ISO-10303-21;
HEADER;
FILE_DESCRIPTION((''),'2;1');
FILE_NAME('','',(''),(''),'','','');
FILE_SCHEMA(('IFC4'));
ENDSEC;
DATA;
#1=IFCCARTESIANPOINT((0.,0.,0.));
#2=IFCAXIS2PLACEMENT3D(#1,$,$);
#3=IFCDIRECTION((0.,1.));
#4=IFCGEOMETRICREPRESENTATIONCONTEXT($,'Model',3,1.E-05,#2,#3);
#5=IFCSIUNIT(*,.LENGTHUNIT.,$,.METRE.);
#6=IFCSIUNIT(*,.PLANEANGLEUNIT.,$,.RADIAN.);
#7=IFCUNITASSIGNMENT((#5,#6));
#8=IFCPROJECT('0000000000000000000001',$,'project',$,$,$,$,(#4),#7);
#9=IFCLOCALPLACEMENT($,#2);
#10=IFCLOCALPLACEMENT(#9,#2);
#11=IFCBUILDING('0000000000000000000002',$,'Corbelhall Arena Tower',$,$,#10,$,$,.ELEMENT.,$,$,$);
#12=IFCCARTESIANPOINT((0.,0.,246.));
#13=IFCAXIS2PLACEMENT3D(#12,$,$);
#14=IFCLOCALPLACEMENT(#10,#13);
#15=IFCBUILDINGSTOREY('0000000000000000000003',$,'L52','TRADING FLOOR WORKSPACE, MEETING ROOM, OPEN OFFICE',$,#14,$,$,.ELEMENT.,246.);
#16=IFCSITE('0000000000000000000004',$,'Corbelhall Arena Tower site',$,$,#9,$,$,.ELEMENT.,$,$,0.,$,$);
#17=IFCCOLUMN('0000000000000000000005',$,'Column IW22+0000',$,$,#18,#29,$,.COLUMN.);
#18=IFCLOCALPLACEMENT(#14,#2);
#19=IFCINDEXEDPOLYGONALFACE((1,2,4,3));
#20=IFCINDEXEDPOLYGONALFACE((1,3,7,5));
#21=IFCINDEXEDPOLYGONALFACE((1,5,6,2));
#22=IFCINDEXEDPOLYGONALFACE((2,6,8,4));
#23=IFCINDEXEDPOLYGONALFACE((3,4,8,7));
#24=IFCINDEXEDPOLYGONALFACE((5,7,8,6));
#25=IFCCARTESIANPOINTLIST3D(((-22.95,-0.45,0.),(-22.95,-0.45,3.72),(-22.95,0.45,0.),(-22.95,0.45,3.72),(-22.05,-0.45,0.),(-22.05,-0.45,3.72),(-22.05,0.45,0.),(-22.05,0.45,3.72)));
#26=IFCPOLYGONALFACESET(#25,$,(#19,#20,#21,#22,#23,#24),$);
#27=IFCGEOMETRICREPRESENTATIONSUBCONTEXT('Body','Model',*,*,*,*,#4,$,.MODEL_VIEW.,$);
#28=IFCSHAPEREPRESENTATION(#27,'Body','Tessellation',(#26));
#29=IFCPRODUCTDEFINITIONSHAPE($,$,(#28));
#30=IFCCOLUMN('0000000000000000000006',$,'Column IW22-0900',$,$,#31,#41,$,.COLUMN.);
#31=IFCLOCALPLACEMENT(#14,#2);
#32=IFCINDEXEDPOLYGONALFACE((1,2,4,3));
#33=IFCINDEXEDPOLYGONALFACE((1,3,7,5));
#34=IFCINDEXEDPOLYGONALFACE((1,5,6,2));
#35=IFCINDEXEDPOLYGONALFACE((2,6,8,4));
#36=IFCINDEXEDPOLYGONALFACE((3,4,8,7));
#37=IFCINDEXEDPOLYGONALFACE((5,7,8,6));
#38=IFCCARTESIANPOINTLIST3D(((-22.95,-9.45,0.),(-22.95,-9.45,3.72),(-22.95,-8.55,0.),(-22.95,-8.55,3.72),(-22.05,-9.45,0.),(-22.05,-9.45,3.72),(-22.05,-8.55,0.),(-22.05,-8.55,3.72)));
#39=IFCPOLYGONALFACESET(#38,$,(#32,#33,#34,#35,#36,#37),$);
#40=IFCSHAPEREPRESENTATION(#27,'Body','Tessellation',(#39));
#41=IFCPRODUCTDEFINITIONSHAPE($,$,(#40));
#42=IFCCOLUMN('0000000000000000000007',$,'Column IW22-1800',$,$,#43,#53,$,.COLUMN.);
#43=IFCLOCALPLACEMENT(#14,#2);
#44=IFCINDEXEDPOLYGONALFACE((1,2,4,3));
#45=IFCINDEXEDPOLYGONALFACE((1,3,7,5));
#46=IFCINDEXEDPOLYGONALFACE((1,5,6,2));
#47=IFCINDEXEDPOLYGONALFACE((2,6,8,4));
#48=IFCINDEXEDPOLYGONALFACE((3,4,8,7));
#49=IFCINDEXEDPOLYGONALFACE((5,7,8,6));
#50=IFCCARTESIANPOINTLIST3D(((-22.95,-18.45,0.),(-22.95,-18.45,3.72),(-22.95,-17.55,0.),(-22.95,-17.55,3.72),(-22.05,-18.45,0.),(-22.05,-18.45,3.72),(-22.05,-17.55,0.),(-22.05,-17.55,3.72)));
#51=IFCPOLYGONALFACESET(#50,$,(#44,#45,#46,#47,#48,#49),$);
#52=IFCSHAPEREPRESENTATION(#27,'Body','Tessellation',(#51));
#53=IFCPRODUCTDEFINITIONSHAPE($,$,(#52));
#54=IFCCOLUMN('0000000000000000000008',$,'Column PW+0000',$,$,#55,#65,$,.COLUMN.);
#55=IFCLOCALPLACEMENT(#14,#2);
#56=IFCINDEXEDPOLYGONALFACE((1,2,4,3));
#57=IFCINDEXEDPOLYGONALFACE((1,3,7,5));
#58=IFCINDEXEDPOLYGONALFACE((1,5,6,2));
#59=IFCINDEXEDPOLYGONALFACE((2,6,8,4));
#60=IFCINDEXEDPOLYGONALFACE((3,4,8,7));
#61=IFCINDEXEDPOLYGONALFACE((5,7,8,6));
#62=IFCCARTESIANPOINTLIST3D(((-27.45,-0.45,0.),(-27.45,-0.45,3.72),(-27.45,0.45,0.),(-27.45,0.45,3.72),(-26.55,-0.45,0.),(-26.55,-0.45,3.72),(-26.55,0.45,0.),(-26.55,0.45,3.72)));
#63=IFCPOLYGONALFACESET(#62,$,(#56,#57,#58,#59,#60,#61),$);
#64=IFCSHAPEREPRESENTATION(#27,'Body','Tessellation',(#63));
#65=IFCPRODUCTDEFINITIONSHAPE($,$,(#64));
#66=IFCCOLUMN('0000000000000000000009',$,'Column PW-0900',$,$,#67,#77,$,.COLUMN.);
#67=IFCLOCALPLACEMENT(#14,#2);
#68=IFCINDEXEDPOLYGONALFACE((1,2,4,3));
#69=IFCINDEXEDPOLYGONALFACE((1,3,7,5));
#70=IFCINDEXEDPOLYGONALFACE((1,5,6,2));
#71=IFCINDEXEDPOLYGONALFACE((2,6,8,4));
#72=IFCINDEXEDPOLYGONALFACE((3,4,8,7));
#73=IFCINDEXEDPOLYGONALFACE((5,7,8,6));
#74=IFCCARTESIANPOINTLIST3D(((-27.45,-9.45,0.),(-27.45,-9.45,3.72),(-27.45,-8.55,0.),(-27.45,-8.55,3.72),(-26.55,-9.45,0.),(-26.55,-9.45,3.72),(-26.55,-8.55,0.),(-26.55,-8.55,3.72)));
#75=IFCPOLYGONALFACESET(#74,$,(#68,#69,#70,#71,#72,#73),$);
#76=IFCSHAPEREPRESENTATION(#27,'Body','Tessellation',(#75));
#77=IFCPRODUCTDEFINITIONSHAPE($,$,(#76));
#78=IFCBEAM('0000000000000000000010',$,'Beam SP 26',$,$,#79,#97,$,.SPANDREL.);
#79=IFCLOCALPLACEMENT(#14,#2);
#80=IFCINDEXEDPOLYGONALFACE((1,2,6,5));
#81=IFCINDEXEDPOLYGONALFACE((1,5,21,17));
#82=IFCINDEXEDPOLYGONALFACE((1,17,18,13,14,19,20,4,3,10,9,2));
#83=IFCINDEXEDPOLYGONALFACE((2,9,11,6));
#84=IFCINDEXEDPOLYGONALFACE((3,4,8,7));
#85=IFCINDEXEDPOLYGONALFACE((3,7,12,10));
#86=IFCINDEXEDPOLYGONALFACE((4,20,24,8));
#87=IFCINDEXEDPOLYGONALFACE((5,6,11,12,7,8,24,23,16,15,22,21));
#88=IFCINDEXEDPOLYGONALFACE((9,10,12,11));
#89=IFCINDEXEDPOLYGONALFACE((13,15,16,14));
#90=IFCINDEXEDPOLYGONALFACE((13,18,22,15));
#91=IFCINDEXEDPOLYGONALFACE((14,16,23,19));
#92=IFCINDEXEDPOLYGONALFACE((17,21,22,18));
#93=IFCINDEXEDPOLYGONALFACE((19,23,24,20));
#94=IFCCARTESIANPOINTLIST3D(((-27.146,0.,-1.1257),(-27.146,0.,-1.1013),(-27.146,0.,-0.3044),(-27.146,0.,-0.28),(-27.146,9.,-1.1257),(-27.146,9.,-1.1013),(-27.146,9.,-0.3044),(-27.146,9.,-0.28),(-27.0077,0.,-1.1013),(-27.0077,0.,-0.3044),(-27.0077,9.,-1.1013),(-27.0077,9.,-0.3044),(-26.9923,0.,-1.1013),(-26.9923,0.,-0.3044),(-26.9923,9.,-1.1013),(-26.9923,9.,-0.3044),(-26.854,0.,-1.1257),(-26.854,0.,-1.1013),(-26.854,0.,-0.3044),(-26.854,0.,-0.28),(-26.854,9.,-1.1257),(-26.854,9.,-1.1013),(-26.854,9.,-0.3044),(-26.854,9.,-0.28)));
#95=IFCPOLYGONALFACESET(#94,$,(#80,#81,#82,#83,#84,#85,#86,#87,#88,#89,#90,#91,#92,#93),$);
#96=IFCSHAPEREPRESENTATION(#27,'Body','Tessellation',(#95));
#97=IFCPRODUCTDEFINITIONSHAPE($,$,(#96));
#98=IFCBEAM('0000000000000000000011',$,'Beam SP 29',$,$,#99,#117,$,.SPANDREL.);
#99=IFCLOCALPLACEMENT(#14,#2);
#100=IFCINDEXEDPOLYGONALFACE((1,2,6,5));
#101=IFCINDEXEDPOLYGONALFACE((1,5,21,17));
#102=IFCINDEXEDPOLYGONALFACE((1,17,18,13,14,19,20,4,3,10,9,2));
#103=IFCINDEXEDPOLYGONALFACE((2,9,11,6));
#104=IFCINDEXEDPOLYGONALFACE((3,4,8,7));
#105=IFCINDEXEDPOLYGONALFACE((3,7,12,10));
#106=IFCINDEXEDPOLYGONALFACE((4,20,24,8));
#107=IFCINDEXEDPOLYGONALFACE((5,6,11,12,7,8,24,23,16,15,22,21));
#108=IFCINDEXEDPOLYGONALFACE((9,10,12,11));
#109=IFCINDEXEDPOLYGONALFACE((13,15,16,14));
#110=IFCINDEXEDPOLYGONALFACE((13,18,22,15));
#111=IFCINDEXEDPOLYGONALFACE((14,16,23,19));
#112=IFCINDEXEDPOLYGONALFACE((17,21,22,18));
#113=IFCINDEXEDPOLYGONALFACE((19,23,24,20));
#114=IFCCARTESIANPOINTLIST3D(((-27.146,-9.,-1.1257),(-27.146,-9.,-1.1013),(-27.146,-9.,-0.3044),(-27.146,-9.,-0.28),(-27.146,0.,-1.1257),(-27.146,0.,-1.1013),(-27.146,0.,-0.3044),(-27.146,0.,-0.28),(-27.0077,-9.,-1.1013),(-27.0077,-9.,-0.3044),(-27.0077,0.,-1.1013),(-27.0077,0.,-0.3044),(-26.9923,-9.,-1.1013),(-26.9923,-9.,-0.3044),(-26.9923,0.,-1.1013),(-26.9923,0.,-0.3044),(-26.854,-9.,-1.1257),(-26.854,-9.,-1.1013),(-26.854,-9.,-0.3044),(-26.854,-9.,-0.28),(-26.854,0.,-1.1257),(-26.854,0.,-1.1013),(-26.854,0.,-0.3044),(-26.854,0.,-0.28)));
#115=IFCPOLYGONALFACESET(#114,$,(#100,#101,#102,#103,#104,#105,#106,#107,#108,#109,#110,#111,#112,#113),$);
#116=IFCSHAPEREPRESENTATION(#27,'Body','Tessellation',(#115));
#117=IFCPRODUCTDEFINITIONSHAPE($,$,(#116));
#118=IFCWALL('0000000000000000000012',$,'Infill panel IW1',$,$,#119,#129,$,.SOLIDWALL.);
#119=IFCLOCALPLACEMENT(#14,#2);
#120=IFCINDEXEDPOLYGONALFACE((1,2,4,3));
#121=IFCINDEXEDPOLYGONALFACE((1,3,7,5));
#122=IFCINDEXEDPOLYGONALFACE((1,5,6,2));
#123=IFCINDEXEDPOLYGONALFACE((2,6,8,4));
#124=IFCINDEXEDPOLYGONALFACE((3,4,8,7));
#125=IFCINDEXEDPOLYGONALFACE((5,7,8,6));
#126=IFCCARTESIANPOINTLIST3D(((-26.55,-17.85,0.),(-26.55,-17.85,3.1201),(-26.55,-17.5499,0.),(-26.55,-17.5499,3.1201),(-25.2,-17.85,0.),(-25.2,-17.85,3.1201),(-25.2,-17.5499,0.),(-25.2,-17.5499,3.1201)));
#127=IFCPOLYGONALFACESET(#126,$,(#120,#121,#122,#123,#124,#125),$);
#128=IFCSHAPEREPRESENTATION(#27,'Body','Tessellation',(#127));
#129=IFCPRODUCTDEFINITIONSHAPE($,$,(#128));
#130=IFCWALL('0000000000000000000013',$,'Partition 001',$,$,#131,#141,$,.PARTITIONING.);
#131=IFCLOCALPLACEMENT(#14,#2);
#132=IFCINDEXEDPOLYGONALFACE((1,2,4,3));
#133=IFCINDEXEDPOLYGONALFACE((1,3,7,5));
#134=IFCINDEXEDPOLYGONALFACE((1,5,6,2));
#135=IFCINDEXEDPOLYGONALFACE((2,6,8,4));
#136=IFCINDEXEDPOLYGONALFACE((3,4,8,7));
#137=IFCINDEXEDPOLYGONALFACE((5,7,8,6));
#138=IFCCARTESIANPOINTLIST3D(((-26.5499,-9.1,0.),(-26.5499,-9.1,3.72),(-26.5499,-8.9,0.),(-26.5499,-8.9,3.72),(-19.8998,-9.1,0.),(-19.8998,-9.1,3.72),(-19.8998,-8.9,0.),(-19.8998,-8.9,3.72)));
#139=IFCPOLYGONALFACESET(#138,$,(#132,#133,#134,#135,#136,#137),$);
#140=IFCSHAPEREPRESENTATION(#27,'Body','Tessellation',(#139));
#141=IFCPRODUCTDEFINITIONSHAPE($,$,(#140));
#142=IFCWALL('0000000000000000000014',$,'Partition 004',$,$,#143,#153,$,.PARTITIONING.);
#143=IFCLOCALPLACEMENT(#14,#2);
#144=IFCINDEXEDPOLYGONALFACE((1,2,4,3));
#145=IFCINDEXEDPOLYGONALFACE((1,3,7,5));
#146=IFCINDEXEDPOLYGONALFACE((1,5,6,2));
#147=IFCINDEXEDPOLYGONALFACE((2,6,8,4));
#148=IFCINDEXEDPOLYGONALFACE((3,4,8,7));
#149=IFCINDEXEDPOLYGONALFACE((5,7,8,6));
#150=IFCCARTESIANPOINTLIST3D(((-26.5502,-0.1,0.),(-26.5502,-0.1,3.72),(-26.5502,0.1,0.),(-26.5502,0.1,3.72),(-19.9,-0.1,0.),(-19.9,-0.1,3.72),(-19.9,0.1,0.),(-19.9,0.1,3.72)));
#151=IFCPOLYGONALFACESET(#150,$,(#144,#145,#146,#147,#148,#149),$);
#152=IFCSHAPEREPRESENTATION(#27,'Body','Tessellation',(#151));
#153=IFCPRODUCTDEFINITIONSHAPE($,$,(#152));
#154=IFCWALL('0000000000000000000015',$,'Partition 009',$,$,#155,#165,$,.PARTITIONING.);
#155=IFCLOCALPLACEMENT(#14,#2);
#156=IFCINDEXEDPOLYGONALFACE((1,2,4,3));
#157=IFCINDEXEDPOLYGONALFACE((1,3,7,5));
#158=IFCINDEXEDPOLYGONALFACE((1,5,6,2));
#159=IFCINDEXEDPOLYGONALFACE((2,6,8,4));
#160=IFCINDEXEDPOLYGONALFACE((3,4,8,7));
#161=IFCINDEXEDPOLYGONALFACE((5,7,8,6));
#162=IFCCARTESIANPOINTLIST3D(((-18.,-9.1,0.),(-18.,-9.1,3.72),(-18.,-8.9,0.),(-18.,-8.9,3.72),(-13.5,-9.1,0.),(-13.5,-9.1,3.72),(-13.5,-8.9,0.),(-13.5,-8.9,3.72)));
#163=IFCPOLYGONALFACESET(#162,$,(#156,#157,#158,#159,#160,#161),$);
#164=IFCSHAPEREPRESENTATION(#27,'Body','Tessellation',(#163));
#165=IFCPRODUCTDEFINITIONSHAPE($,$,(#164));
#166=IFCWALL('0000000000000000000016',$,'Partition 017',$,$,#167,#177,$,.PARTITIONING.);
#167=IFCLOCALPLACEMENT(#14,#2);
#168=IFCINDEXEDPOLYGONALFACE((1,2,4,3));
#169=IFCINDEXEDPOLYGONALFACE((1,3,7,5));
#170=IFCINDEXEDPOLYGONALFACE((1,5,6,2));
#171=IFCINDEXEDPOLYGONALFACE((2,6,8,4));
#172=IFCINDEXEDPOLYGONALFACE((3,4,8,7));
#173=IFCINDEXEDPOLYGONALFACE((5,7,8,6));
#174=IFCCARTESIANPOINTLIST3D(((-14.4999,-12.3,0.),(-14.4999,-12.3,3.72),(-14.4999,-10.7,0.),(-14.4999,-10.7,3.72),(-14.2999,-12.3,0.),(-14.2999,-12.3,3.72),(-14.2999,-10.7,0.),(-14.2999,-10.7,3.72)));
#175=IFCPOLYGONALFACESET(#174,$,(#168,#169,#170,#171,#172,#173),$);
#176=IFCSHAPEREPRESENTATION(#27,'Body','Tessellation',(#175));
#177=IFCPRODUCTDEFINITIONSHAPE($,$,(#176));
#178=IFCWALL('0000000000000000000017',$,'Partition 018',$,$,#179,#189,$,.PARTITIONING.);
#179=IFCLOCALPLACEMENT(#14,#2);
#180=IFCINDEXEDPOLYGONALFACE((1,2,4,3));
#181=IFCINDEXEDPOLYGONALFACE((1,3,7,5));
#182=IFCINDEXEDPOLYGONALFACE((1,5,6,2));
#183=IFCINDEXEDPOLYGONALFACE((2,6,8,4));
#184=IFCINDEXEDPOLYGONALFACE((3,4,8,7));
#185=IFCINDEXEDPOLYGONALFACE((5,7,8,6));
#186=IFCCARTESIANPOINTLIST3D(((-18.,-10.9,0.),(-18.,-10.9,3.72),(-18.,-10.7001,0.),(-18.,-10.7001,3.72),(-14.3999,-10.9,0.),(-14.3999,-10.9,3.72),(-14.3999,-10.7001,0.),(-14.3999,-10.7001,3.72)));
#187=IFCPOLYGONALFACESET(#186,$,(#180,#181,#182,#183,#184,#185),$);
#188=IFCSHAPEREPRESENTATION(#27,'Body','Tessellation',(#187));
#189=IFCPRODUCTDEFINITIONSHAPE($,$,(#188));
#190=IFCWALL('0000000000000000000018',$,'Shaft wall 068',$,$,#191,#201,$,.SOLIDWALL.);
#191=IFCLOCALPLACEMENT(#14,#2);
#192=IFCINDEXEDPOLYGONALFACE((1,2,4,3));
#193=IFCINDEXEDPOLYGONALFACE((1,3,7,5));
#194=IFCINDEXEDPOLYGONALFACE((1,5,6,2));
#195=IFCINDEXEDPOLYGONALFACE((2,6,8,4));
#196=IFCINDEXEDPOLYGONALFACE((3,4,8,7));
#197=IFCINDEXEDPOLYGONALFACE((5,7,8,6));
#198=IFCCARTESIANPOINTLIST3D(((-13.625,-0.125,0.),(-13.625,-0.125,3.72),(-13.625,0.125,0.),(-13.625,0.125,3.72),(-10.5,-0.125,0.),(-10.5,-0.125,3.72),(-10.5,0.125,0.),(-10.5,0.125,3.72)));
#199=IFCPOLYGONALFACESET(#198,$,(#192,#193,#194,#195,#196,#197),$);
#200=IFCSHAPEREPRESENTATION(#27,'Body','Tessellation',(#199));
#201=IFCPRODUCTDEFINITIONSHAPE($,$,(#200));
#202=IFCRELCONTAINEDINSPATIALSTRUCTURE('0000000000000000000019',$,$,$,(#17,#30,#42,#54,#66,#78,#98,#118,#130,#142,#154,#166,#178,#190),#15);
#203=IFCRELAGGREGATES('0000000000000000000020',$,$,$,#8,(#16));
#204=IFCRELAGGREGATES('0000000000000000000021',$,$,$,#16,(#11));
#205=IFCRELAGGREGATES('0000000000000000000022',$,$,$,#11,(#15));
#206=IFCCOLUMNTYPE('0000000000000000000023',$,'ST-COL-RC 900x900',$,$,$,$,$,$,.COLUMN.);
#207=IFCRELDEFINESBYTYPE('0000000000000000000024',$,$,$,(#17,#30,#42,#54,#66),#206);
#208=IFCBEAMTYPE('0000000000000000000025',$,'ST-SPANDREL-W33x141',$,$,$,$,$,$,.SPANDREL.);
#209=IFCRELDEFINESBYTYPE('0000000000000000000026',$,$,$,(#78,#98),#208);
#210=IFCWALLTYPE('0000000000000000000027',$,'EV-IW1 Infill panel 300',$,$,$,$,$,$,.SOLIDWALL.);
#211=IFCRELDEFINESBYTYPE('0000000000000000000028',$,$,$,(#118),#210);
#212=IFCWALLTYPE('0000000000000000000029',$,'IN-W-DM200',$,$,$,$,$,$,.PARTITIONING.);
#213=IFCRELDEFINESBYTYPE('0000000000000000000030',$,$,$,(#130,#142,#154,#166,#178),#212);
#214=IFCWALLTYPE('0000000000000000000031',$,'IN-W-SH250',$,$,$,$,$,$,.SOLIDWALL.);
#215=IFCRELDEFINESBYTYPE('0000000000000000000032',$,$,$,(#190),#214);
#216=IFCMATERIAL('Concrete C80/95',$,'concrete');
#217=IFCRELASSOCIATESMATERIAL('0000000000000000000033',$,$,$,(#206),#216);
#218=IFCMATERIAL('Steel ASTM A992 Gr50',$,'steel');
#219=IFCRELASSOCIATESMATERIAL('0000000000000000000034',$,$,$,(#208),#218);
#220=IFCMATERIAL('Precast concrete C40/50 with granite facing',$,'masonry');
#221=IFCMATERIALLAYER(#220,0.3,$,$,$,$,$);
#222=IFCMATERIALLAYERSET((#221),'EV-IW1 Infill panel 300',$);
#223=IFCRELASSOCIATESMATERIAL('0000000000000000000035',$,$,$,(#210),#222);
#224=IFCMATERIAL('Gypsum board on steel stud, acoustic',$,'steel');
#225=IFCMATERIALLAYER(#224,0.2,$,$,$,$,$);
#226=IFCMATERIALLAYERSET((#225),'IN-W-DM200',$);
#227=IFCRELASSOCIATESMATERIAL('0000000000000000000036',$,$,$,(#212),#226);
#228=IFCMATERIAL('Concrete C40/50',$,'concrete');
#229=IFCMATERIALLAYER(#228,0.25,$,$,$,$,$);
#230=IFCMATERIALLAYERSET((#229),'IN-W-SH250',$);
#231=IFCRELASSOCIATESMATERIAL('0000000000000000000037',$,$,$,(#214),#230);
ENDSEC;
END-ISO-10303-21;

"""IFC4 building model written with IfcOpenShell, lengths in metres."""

from ifc_helpers import new_model, si_unit, direction, frame, frame_2d, origin, origin_2d, place, context, subcontext, project, spatial, rectangle, i_section, extrude, material, layer, layer_set, material_profile, profile_set, type_object, element, save


model = new_model("IFC4")

# Units and contexts
model_context = context("Model", 3, precision=1e-05, world=origin(), true_north=direction((0.0, 1.0)))
body_context = subcontext(model_context, "Body", "Model", "MODEL_VIEW")
ifc_project = project(units=[si_unit("LENGTHUNIT", "METRE"), si_unit("PLANEANGLEUNIT", "RADIAN")], contexts=[model_context])

# Site, building, storey
site_placement = place(None, origin())
site = spatial("IfcSite", under=ifc_project, at=site_placement, Name="Corbelhall Arena Tower site", CompositionType="ELEMENT", RefElevation=0.0)
building_placement = place(site_placement, origin())
building = spatial("IfcBuilding", under=site, at=building_placement, Name="Corbelhall Arena Tower", CompositionType="ELEMENT")
storey_placement = place(building_placement, frame((0.0, 0.0, 246.0)))
storey = spatial("IfcBuildingStorey", under=building, at=storey_placement, Name="L52", Description="TRADING FLOOR WORKSPACE, MEETING ROOM, OPEN OFFICE", CompositionType="ELEMENT", Elevation=246.0)

# Columns
ifc_material_1 = material(Name="Concrete C80/95", Category="concrete")
ifc_material_profile_1 = material_profile(ifc_material_1, rectangle(XDim=0.8999, YDim=0.8999, at=origin_2d()))
ifc_profile_set_1 = profile_set([ifc_material_profile_1], Name="Concrete C80/95")
column_type = type_object("IfcColumnType", Name="ST-COL-RC 900x900", PredefinedType="COLUMN", material=ifc_profile_set_1)
for number, where, z_axis, x_axis, name in (
    (1, (-22.5, 0.0, 0.0), (0.0, 0.0, 1.0), (1.0, 0.0, 0.0), "Column IW22+0000"),
    (2, (-22.5, -9.0, 0.0), (0.0, 0.0, 1.0), (1.0, 0.0, 0.0), "Column IW22-0900"),
    (3, (-22.5, -18.0, 0.0), (0.0, 0.0, 1.0), (1.0, 0.0, 0.0), "Column IW22-1800"),
    (4, (-27.0, 0.0, 0.0), (0.0, 0.0, 1.0), (0.0, 1.0, 0.0), "Column PW+0000"),
    (5, (-27.0, -9.0, 0.0), (0.0, 0.0, 1.0), (0.0, 1.0, 0.0), "Column PW-0900"),
):
    element("IfcColumn", number, at=place(storey_placement, frame(where, z_axis=z_axis, x_axis=x_axis)), inside=storey, type_object=column_type, Name=name, PredefinedType="COLUMN", context=body_context, shape_type="SweptSolid", body=[
        extrude(rectangle(XDim=0.8999, YDim=0.8999, at=origin_2d()), origin(), (0.0, 0.0, 1.0), 3.72),
    ])

# Beams
ifc_material_2 = material(Name="Steel ASTM A992 Gr50", Category="steel")
ifc_material_profile_2 = material_profile(ifc_material_2, i_section(OverallWidth=0.292, OverallDepth=0.8457, WebThickness=0.0154, FlangeThickness=0.0244, at=origin_2d()))
ifc_profile_set_2 = profile_set([ifc_material_profile_2], Name="Steel ASTM A992 Gr50")
beam_type = type_object("IfcBeamType", Name="ST-SPANDREL-W33x141", PredefinedType="SPANDREL", material=ifc_profile_set_2)
for number, where, z_axis, x_axis, name in (
    (6, (-27.0, 0.0, -0.7029), (0.0, 1.0, 0.0), (-1.0, 0.0, 0.0), "Beam SP 26"),
    (7, (-27.0, -9.0, -0.7029), (0.0, 1.0, 0.0), (-1.0, 0.0, 0.0), "Beam SP 29"),
):
    element("IfcBeam", number, at=place(storey_placement, frame(where, z_axis=z_axis, x_axis=x_axis)), inside=storey, type_object=beam_type, Name=name, PredefinedType="SPANDREL", context=body_context, shape_type="SweptSolid", body=[
        extrude(i_section(OverallWidth=0.292, OverallDepth=0.8457, WebThickness=0.0154, FlangeThickness=0.0244, at=origin_2d()), origin(), (0.0, 0.0, 1.0), 9.0),
    ])

# Shared definitions
ifc_material_3 = material(Name="Precast concrete C40/50 with granite facing", Category="masonry")
ifc_layer_1 = layer(ifc_material_3, 0.3)
ifc_layer_set_1 = layer_set([ifc_layer_1], Name="EV-IW1 Infill panel 300")
wall_type_1 = type_object("IfcWallType", Name="EV-IW1 Infill panel 300", PredefinedType="SOLIDWALL", material=ifc_layer_set_1)

# Walls
wall_1_placement = place(storey_placement, frame((-26.55, -17.7, 0.0), z_axis=(0.0, 0.0, 1.0), x_axis=(1.0, 0.0, 0.0)))
element("IfcWall", 8, at=wall_1_placement, inside=storey, type_object=wall_type_1, Name="Infill panel IW1", PredefinedType="SOLIDWALL", context=body_context, shape_type="SweptSolid", body=[
    extrude(rectangle(XDim=1.3501, YDim=0.3, at=frame_2d((0.675, 0.0))), origin(), (0.0, 0.0, 1.0), 3.1201),
])
ifc_material_4 = material(Name="Gypsum board on steel stud, acoustic", Category="steel")
ifc_layer_2 = layer(ifc_material_4, 0.2)
ifc_layer_set_2 = layer_set([ifc_layer_2], Name="IN-W-DM200")
wall_type_2 = type_object("IfcWallType", Name="IN-W-DM200", PredefinedType="PARTITIONING", material=ifc_layer_set_2)
wall_2_placement = place(storey_placement, frame((-26.55, -9.0, 0.0), z_axis=(0.0, 0.0, 1.0), x_axis=(1.0, 0.0, 0.0)))
element("IfcWall", 9, at=wall_2_placement, inside=storey, type_object=wall_type_2, Name="Partition 001", PredefinedType="PARTITIONING", context=body_context, shape_type="SweptSolid", body=[
    extrude(rectangle(XDim=6.6501, YDim=0.2, at=frame_2d((3.3252, 0.0))), origin(), (0.0, 0.0, 1.0), 3.72),
])

# Wall
wall_3_placement = place(storey_placement, frame((-19.8999, 0.0, 0.0), z_axis=(0.0, 0.0, 1.0), x_axis=(-1.0, 0.0, 0.0)))
element("IfcWall", 10, at=wall_3_placement, inside=storey, type_object=wall_type_2, Name="Partition 004", PredefinedType="PARTITIONING", context=body_context, shape_type="SweptSolid", body=[
    extrude(rectangle(XDim=6.6501, YDim=0.2, at=frame_2d((3.3252, 0.0))), origin(), (0.0, 0.0, 1.0), 3.72),
])

# Walls
wall_4_placement = place(storey_placement, frame((-18.0, -9.0, 0.0), z_axis=(0.0, 0.0, 1.0), x_axis=(1.0, 0.0, 0.0)))
element("IfcWall", 11, at=wall_4_placement, inside=storey, type_object=wall_type_2, Name="Partition 009", PredefinedType="PARTITIONING", context=body_context, shape_type="SweptSolid", body=[
    extrude(rectangle(XDim=4.5, YDim=0.2, at=frame_2d((2.25, 0.0))), origin(), (0.0, 0.0, 1.0), 3.72),
])
wall_5_placement = place(storey_placement, frame((-14.3999, -12.3, 0.0), z_axis=(0.0, 0.0, 1.0), x_axis=(0.0, 1.0, 0.0)))
element("IfcWall", 12, at=wall_5_placement, inside=storey, type_object=wall_type_2, Name="Partition 017", PredefinedType="PARTITIONING", context=body_context, shape_type="SweptSolid", body=[
    extrude(rectangle(XDim=1.6001, YDim=0.2, at=frame_2d((0.8, 0.0))), origin(), (0.0, 0.0, 1.0), 3.72),
])
wall_6_placement = place(storey_placement, frame((-14.3999, -10.8, 0.0), z_axis=(0.0, 0.0, 1.0), x_axis=(-1.0, 0.0, 0.0)))
element("IfcWall", 13, at=wall_6_placement, inside=storey, type_object=wall_type_2, Name="Partition 018", PredefinedType="PARTITIONING", context=body_context, shape_type="SweptSolid", body=[
    extrude(rectangle(XDim=3.6001, YDim=0.2, at=frame_2d((1.8, 0.0))), origin(), (0.0, 0.0, 1.0), 3.72),
])
ifc_material_5 = material(Name="Concrete C40/50", Category="concrete")
ifc_layer_3 = layer(ifc_material_5, 0.25)
ifc_layer_set_3 = layer_set([ifc_layer_3], Name="IN-W-SH250")
wall_type_3 = type_object("IfcWallType", Name="IN-W-SH250", PredefinedType="SOLIDWALL", material=ifc_layer_set_3)
wall_7_placement = place(storey_placement, frame((-13.625, 0.0, 0.0), z_axis=(0.0, 0.0, 1.0), x_axis=(1.0, 0.0, 0.0)))
element("IfcWall", 14, at=wall_7_placement, inside=storey, type_object=wall_type_3, Name="Shaft wall 068", PredefinedType="SOLIDWALL", context=body_context, shape_type="SweptSolid", body=[
    extrude(rectangle(XDim=3.125, YDim=0.25, at=frame_2d((1.5625, 0.0))), origin(), (0.0, 0.0, 1.0), 3.72),
])

save(model, "model.ifc")
